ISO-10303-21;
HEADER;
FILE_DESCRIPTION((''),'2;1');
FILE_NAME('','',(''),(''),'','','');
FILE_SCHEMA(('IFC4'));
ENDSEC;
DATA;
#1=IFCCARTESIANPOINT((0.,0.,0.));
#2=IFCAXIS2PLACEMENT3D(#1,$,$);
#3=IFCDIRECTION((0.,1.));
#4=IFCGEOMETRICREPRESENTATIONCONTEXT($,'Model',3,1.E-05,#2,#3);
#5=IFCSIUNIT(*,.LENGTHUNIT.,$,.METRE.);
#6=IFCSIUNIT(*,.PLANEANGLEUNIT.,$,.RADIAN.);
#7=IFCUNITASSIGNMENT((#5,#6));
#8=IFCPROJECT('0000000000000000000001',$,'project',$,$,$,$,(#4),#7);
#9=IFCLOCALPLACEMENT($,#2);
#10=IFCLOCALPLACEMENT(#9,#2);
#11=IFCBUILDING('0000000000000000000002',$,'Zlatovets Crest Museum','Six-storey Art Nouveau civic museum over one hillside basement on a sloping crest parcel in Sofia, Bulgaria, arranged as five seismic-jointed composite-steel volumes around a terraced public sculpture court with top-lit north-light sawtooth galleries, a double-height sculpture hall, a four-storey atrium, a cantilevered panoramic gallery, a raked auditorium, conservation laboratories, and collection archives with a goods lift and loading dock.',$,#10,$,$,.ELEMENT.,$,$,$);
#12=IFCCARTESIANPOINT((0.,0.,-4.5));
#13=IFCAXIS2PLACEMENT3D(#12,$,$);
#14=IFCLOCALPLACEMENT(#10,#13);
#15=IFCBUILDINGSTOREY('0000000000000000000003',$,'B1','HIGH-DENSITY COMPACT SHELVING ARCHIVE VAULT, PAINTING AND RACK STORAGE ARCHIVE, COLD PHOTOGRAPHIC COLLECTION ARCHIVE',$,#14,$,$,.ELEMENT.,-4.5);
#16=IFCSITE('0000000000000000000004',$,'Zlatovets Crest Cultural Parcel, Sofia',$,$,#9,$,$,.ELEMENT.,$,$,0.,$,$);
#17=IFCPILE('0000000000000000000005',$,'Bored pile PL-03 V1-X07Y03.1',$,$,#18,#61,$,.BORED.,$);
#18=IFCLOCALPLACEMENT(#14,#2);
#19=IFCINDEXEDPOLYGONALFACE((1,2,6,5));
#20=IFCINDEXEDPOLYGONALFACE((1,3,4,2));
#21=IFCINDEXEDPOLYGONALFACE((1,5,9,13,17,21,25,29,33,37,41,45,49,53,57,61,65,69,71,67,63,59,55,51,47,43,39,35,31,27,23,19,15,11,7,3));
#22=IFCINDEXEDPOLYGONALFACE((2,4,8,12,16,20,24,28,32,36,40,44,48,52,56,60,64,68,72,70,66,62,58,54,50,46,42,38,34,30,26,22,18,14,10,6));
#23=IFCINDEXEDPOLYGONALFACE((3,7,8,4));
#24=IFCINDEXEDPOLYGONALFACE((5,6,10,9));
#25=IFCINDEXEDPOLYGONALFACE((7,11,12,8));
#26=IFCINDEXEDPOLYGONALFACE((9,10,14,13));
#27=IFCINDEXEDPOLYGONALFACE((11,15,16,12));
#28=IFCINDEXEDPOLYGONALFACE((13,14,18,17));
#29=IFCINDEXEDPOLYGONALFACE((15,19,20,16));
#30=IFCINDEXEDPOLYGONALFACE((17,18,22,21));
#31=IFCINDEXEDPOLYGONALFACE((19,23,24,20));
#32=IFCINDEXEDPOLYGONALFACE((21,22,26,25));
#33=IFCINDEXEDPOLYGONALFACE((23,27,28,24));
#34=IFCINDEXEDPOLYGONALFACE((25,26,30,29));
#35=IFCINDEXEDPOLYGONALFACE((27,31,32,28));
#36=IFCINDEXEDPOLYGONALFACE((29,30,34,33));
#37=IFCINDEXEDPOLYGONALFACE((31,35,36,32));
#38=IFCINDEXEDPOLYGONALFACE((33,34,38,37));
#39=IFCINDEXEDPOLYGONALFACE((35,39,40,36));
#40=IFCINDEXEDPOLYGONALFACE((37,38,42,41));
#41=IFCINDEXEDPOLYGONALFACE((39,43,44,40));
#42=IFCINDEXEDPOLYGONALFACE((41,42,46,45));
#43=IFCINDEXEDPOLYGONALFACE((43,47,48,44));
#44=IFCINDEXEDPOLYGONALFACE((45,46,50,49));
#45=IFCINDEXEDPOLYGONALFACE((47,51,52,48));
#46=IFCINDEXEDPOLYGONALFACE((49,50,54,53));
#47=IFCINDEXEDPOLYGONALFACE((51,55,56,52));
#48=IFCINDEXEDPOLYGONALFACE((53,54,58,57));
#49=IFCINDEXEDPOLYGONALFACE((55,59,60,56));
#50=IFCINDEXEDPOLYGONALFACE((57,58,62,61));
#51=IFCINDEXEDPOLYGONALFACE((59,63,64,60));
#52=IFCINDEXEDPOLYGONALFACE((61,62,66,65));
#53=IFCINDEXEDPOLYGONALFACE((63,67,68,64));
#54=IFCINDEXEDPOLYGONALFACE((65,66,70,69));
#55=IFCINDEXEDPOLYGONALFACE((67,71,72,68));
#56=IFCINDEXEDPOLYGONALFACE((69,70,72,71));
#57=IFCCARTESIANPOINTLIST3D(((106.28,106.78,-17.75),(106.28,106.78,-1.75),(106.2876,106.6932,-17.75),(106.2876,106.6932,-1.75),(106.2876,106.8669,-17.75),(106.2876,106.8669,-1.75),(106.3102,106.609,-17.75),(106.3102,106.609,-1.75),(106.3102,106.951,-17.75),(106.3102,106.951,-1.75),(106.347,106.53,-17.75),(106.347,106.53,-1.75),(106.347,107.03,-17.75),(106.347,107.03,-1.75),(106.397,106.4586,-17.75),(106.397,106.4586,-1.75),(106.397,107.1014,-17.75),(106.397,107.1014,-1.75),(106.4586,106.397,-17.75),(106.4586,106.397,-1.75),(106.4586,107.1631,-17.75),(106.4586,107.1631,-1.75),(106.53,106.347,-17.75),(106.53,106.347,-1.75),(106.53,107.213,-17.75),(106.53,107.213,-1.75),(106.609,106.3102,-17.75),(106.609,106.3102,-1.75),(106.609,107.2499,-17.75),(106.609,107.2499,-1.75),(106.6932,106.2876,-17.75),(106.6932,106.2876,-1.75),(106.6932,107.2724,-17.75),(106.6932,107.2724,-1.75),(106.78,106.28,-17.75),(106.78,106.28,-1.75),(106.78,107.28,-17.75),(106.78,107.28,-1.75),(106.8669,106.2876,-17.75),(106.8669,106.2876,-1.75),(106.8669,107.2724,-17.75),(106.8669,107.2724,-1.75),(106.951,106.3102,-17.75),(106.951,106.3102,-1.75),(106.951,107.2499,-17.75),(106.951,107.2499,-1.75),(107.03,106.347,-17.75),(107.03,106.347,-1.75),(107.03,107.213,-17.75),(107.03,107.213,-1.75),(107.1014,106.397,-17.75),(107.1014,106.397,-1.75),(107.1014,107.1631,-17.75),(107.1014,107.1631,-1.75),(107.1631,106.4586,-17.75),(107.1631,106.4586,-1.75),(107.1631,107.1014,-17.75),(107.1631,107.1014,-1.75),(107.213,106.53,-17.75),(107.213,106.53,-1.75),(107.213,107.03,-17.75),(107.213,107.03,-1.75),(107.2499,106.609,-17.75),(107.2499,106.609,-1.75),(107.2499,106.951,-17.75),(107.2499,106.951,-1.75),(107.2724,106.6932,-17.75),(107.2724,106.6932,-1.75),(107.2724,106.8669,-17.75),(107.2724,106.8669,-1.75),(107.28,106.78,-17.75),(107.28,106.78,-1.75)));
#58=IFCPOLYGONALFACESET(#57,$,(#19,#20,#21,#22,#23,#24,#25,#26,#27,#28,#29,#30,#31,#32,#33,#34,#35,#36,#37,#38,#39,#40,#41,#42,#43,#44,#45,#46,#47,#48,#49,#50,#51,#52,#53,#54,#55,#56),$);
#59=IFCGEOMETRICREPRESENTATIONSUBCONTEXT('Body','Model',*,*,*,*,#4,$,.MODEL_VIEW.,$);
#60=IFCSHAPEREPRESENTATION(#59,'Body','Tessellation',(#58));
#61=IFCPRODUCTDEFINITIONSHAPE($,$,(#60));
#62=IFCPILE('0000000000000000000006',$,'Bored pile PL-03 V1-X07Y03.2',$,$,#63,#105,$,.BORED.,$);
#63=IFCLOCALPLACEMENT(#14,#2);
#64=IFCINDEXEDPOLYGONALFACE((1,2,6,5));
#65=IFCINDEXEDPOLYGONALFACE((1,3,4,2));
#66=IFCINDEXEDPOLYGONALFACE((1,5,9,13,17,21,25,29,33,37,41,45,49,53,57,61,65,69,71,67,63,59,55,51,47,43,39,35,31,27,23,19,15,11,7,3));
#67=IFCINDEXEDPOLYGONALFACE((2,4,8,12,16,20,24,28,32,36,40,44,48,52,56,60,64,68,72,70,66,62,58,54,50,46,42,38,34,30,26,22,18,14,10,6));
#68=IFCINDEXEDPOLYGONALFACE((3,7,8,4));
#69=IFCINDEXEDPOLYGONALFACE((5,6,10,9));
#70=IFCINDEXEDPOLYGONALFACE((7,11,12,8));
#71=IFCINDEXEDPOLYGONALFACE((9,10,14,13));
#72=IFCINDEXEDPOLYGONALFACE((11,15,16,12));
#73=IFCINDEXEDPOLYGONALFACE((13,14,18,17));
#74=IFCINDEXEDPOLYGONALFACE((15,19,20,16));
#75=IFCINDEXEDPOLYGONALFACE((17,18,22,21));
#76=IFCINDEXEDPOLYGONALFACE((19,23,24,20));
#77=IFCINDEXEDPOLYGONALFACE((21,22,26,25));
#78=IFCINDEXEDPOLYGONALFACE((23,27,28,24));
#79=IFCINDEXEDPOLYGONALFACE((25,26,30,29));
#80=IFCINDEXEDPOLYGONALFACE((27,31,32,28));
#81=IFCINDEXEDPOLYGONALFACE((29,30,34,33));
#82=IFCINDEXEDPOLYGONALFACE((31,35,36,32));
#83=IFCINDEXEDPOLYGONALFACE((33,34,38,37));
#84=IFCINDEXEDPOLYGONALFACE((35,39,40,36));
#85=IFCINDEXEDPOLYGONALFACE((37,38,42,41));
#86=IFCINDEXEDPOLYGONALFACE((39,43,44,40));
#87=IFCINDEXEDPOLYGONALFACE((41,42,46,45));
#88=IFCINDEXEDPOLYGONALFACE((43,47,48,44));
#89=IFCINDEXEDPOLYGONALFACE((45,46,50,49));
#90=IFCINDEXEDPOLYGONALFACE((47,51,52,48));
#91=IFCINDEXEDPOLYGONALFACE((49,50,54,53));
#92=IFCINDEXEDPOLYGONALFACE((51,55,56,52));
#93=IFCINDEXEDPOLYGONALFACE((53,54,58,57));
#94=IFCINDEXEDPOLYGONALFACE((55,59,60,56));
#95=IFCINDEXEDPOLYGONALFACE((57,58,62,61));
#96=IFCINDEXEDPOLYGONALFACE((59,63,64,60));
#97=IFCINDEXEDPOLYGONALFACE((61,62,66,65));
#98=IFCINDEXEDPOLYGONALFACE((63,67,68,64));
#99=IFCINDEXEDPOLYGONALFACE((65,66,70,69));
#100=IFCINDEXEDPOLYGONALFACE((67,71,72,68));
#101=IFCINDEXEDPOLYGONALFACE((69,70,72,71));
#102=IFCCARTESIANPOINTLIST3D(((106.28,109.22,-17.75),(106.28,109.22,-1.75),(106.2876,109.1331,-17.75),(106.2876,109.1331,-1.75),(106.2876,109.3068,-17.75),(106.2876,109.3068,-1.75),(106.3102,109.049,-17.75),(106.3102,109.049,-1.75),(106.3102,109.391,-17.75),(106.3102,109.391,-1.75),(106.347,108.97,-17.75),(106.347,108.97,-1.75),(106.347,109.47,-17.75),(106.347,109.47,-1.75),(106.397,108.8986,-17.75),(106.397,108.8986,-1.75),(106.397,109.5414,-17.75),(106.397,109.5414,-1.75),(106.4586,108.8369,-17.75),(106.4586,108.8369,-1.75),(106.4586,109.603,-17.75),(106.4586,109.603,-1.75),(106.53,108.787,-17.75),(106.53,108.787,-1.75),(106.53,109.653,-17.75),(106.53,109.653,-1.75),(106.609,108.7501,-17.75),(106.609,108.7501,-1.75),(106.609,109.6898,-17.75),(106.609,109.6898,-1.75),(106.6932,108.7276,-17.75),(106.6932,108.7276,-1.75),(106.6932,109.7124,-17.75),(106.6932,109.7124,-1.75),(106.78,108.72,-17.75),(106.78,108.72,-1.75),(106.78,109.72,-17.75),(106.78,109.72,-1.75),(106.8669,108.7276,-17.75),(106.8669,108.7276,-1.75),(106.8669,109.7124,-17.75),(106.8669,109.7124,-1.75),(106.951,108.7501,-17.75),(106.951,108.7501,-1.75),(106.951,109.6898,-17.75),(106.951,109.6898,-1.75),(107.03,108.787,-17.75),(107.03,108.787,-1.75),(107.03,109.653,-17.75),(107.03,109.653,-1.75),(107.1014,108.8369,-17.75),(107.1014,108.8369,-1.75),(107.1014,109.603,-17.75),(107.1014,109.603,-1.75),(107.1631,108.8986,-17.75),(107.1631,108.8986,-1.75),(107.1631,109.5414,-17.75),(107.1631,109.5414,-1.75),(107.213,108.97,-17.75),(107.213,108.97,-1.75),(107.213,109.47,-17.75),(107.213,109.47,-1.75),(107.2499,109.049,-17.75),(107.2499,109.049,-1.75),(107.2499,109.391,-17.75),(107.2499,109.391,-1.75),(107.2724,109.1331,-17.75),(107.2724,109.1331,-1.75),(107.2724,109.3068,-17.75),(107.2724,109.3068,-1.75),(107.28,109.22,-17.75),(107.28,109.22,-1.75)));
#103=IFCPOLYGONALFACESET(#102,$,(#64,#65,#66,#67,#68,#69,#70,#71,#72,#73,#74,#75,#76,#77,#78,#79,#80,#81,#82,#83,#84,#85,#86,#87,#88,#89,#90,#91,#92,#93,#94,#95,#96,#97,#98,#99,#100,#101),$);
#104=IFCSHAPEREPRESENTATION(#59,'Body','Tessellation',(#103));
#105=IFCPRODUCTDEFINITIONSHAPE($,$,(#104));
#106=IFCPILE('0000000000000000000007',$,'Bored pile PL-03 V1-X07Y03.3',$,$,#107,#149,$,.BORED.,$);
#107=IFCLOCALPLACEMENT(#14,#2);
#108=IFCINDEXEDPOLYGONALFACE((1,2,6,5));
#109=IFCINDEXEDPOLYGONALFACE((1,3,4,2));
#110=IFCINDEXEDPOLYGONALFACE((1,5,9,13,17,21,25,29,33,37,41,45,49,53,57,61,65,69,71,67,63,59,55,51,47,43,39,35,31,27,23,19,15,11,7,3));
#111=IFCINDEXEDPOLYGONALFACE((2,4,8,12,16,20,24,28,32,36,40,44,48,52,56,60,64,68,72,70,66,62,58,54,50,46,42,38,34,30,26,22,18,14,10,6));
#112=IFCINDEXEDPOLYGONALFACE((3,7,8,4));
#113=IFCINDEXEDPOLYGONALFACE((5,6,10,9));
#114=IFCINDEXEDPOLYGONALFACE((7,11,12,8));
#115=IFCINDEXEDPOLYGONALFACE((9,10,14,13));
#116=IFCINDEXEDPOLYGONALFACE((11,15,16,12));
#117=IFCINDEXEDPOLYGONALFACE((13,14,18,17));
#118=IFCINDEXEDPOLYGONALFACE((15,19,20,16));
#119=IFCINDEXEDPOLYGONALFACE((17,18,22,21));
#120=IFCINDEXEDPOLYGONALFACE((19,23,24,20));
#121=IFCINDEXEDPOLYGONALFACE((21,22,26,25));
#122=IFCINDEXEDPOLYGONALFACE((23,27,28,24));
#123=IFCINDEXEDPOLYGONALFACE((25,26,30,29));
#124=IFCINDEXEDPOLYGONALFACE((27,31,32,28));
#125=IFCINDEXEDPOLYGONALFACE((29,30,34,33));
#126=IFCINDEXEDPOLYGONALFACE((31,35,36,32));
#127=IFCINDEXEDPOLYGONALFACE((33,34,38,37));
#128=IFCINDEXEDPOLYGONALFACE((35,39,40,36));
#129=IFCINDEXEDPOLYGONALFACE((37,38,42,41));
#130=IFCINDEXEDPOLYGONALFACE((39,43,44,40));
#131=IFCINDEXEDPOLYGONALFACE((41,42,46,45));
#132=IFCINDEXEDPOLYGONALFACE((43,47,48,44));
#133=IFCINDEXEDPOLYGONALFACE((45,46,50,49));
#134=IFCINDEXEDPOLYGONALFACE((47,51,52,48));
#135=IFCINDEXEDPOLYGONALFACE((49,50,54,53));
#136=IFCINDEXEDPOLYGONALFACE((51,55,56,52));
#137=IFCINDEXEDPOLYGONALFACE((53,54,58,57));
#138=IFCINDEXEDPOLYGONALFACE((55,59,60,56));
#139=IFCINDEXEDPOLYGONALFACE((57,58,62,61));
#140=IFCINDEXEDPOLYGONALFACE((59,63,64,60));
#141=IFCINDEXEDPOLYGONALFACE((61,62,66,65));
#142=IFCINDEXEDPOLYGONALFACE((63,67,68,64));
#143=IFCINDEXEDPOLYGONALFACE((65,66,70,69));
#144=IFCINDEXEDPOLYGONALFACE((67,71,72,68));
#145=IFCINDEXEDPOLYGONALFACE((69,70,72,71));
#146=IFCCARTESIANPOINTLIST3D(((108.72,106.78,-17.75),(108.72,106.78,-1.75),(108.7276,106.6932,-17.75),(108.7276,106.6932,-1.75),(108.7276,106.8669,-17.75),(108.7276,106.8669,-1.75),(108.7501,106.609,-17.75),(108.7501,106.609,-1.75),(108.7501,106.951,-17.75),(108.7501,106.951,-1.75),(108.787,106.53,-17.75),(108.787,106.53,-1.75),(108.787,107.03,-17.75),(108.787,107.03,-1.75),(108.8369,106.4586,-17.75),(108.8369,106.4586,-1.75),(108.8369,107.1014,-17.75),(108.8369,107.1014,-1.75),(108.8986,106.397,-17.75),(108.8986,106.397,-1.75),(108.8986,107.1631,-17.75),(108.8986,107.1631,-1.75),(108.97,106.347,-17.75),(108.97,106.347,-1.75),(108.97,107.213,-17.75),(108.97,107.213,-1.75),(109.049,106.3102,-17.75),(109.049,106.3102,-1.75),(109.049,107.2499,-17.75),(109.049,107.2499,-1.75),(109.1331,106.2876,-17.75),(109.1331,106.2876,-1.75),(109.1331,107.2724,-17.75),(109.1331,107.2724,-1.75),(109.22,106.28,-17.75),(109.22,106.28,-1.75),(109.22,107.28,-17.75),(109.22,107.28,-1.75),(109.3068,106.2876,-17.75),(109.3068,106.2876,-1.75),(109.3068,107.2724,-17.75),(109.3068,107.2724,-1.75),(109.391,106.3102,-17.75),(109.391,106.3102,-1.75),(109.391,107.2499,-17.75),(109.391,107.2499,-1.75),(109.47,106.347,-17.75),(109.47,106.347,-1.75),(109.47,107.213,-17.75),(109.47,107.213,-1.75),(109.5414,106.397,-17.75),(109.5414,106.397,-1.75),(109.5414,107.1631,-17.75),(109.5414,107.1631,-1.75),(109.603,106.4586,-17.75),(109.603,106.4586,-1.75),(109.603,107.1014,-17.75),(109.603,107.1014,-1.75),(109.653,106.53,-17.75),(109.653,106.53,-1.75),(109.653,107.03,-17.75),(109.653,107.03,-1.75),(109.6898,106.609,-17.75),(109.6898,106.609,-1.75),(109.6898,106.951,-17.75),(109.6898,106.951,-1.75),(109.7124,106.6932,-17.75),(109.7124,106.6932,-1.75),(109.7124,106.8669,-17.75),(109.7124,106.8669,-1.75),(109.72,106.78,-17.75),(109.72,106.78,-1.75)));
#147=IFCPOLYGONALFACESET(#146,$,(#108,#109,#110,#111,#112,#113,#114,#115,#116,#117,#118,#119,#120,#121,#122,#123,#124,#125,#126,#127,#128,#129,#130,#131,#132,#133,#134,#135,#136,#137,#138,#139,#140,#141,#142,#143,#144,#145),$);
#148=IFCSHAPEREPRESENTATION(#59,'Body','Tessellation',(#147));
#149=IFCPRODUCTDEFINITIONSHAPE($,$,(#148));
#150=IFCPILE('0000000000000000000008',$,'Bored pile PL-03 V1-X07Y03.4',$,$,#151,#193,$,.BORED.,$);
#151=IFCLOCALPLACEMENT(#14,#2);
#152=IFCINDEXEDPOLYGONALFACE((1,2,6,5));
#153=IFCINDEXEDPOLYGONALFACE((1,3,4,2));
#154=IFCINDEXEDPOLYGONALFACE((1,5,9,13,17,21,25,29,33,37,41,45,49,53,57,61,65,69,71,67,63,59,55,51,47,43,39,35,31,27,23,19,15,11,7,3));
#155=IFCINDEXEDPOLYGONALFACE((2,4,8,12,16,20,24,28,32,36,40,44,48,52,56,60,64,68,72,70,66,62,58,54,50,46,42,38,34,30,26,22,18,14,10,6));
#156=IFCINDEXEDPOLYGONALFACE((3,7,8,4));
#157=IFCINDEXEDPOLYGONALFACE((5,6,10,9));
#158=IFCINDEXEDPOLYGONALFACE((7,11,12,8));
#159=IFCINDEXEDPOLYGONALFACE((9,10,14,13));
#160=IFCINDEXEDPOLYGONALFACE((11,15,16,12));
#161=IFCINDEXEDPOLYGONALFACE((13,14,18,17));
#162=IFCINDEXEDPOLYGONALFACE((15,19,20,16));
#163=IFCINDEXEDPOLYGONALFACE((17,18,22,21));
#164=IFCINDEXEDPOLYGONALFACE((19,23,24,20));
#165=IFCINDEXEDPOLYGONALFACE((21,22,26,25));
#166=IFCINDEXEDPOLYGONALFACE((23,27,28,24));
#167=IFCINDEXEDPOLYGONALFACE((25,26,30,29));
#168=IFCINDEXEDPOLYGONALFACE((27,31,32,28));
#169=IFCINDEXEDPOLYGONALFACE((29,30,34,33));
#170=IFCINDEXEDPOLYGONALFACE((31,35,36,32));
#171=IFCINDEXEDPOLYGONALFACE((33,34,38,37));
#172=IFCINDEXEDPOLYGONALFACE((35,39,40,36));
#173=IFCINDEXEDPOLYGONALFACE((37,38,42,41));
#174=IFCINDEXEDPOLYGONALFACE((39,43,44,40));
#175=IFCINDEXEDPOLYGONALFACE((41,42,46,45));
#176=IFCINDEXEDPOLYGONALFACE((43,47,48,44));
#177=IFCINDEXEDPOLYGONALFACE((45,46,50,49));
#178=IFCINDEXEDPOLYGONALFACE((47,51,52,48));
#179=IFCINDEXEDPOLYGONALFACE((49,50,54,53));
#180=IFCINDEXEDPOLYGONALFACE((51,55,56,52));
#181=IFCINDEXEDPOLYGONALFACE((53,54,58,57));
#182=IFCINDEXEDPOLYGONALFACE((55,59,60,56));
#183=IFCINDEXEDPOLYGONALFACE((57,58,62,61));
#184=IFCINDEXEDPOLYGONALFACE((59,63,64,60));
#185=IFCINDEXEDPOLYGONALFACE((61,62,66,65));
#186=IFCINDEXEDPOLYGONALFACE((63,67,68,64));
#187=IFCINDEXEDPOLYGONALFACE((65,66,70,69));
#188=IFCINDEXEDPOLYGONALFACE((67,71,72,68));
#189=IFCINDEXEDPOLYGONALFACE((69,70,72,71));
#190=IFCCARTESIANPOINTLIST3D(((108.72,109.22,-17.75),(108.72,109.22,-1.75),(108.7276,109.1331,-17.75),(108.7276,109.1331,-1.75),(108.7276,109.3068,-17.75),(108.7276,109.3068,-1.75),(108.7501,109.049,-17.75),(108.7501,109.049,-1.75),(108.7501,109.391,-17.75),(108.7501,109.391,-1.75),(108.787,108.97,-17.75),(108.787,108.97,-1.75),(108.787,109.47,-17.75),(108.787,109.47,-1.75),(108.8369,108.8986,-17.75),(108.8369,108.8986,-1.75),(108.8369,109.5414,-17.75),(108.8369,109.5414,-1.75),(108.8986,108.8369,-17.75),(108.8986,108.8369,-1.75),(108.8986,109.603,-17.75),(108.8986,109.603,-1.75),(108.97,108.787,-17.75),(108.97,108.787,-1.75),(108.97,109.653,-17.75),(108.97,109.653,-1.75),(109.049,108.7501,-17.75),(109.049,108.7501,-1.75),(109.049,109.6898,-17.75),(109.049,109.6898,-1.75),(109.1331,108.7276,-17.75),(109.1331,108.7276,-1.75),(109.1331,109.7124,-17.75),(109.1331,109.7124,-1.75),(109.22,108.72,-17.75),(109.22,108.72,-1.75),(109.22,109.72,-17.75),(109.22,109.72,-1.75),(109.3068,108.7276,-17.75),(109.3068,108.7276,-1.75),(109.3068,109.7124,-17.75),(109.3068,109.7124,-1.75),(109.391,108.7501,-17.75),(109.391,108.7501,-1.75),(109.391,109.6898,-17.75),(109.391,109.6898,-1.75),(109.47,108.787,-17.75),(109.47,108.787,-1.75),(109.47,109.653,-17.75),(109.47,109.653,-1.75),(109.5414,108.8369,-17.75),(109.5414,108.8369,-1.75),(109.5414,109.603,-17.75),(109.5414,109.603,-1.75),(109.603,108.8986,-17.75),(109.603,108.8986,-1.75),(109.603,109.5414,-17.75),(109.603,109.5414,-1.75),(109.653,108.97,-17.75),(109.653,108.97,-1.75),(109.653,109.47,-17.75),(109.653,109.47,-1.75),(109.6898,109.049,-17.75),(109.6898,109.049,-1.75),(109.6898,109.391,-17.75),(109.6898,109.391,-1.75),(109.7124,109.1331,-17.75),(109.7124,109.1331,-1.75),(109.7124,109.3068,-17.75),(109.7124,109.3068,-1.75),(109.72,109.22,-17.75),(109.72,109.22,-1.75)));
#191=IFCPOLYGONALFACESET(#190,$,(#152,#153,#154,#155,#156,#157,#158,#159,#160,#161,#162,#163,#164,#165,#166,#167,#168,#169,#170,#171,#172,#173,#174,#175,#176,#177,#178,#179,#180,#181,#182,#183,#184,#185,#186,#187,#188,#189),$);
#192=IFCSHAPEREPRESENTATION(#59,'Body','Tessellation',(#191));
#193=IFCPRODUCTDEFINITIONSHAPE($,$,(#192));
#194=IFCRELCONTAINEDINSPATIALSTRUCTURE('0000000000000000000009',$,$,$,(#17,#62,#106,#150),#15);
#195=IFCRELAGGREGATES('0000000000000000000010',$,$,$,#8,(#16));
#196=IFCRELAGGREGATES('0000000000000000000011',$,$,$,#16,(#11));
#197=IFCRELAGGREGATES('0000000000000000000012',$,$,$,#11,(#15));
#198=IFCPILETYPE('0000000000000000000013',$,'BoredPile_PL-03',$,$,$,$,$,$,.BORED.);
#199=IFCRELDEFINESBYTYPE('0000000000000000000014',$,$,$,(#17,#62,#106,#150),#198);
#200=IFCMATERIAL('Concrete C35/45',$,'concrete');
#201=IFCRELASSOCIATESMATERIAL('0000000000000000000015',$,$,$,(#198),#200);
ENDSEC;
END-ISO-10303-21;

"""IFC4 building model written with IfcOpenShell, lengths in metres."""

from ifc_helpers import new_model, si_unit, direction, frame, origin, origin_2d, place, context, subcontext, project, spatial, circle, extrude, material, material_profile, profile_set, type_object, element, save


model = new_model("IFC4")

# Units and contexts
model_context = context("Model", 3, precision=1e-05, world=origin(), true_north=direction((0.0, 1.0)))
body_context = subcontext(model_context, "Body", "Model", "MODEL_VIEW")
ifc_project = project(units=[si_unit("LENGTHUNIT", "METRE"), si_unit("PLANEANGLEUNIT", "RADIAN")], contexts=[model_context])

# Site, building, storey
site_placement = place(None, origin())
site = spatial("IfcSite", under=ifc_project, at=site_placement, Name="Zlatovets Crest Cultural Parcel, Sofia", CompositionType="ELEMENT", RefElevation=0.0)
building_placement = place(site_placement, origin())
building = spatial("IfcBuilding", under=site, at=building_placement, Name="Zlatovets Crest Museum", Description="Six-storey Art Nouveau civic museum over one hillside basement on a sloping crest parcel in Sofia, Bulgaria, arranged as five seismic-jointed composite-steel volumes around a terraced public sculpture court with top-lit north-light sawtooth galleries, a double-height sculpture hall, a four-storey atrium, a cantilevered panoramic gallery, a raked auditorium, conservation laboratories, and collection archives with a goods lift and loading dock.", CompositionType="ELEMENT")
storey_placement = place(building_placement, frame((0.0, 0.0, -4.5)))
storey = spatial("IfcBuildingStorey", under=building, at=storey_placement, Name="B1", Description="HIGH-DENSITY COMPACT SHELVING ARCHIVE VAULT, PAINTING AND RACK STORAGE ARCHIVE, COLD PHOTOGRAPHIC COLLECTION ARCHIVE", CompositionType="ELEMENT", Elevation=-4.5)

# Piles
ifc_material_1 = material(Name="Concrete C35/45", Category="concrete")
ifc_material_profile_1 = material_profile(ifc_material_1, circle(Radius=0.5, at=origin_2d()), Name="PILE D1000")
ifc_profile_set_1 = profile_set([ifc_material_profile_1], Name="Concrete C35/45")
pile_type_1 = type_object("IfcPileType", Name="BoredPile_PL-03", PredefinedType="BORED", material=ifc_profile_set_1)
for number, where, z_axis, x_axis, name in (
    (1, (106.78, 106.78, -1.75), (0.0, 0.0, -1.0), (1.0, 0.0, 0.0), "Bored pile PL-03 V1-X07Y03.1"),
    (2, (106.78, 109.22, -1.75), (0.0, 0.0, -1.0), (1.0, 0.0, 0.0), "Bored pile PL-03 V1-X07Y03.2"),
    (3, (109.22, 106.78, -1.75), (0.0, 0.0, -1.0), (1.0, 0.0, 0.0), "Bored pile PL-03 V1-X07Y03.3"),
    (4, (109.22, 109.22, -1.75), (0.0, 0.0, -1.0), (1.0, 0.0, 0.0), "Bored pile PL-03 V1-X07Y03.4"),
):
    element("IfcPile", number, at=place(storey_placement, frame(where, z_axis=z_axis, x_axis=x_axis)), inside=storey, type_object=pile_type_1, Name=name, PredefinedType="BORED", context=body_context, shape_type="SweptSolid", body=[
        extrude(circle(Radius=0.5, at=origin_2d()), origin(), (0.0, 0.0, 1.0), 16.0),
    ])

save(model, "model.ifc")
